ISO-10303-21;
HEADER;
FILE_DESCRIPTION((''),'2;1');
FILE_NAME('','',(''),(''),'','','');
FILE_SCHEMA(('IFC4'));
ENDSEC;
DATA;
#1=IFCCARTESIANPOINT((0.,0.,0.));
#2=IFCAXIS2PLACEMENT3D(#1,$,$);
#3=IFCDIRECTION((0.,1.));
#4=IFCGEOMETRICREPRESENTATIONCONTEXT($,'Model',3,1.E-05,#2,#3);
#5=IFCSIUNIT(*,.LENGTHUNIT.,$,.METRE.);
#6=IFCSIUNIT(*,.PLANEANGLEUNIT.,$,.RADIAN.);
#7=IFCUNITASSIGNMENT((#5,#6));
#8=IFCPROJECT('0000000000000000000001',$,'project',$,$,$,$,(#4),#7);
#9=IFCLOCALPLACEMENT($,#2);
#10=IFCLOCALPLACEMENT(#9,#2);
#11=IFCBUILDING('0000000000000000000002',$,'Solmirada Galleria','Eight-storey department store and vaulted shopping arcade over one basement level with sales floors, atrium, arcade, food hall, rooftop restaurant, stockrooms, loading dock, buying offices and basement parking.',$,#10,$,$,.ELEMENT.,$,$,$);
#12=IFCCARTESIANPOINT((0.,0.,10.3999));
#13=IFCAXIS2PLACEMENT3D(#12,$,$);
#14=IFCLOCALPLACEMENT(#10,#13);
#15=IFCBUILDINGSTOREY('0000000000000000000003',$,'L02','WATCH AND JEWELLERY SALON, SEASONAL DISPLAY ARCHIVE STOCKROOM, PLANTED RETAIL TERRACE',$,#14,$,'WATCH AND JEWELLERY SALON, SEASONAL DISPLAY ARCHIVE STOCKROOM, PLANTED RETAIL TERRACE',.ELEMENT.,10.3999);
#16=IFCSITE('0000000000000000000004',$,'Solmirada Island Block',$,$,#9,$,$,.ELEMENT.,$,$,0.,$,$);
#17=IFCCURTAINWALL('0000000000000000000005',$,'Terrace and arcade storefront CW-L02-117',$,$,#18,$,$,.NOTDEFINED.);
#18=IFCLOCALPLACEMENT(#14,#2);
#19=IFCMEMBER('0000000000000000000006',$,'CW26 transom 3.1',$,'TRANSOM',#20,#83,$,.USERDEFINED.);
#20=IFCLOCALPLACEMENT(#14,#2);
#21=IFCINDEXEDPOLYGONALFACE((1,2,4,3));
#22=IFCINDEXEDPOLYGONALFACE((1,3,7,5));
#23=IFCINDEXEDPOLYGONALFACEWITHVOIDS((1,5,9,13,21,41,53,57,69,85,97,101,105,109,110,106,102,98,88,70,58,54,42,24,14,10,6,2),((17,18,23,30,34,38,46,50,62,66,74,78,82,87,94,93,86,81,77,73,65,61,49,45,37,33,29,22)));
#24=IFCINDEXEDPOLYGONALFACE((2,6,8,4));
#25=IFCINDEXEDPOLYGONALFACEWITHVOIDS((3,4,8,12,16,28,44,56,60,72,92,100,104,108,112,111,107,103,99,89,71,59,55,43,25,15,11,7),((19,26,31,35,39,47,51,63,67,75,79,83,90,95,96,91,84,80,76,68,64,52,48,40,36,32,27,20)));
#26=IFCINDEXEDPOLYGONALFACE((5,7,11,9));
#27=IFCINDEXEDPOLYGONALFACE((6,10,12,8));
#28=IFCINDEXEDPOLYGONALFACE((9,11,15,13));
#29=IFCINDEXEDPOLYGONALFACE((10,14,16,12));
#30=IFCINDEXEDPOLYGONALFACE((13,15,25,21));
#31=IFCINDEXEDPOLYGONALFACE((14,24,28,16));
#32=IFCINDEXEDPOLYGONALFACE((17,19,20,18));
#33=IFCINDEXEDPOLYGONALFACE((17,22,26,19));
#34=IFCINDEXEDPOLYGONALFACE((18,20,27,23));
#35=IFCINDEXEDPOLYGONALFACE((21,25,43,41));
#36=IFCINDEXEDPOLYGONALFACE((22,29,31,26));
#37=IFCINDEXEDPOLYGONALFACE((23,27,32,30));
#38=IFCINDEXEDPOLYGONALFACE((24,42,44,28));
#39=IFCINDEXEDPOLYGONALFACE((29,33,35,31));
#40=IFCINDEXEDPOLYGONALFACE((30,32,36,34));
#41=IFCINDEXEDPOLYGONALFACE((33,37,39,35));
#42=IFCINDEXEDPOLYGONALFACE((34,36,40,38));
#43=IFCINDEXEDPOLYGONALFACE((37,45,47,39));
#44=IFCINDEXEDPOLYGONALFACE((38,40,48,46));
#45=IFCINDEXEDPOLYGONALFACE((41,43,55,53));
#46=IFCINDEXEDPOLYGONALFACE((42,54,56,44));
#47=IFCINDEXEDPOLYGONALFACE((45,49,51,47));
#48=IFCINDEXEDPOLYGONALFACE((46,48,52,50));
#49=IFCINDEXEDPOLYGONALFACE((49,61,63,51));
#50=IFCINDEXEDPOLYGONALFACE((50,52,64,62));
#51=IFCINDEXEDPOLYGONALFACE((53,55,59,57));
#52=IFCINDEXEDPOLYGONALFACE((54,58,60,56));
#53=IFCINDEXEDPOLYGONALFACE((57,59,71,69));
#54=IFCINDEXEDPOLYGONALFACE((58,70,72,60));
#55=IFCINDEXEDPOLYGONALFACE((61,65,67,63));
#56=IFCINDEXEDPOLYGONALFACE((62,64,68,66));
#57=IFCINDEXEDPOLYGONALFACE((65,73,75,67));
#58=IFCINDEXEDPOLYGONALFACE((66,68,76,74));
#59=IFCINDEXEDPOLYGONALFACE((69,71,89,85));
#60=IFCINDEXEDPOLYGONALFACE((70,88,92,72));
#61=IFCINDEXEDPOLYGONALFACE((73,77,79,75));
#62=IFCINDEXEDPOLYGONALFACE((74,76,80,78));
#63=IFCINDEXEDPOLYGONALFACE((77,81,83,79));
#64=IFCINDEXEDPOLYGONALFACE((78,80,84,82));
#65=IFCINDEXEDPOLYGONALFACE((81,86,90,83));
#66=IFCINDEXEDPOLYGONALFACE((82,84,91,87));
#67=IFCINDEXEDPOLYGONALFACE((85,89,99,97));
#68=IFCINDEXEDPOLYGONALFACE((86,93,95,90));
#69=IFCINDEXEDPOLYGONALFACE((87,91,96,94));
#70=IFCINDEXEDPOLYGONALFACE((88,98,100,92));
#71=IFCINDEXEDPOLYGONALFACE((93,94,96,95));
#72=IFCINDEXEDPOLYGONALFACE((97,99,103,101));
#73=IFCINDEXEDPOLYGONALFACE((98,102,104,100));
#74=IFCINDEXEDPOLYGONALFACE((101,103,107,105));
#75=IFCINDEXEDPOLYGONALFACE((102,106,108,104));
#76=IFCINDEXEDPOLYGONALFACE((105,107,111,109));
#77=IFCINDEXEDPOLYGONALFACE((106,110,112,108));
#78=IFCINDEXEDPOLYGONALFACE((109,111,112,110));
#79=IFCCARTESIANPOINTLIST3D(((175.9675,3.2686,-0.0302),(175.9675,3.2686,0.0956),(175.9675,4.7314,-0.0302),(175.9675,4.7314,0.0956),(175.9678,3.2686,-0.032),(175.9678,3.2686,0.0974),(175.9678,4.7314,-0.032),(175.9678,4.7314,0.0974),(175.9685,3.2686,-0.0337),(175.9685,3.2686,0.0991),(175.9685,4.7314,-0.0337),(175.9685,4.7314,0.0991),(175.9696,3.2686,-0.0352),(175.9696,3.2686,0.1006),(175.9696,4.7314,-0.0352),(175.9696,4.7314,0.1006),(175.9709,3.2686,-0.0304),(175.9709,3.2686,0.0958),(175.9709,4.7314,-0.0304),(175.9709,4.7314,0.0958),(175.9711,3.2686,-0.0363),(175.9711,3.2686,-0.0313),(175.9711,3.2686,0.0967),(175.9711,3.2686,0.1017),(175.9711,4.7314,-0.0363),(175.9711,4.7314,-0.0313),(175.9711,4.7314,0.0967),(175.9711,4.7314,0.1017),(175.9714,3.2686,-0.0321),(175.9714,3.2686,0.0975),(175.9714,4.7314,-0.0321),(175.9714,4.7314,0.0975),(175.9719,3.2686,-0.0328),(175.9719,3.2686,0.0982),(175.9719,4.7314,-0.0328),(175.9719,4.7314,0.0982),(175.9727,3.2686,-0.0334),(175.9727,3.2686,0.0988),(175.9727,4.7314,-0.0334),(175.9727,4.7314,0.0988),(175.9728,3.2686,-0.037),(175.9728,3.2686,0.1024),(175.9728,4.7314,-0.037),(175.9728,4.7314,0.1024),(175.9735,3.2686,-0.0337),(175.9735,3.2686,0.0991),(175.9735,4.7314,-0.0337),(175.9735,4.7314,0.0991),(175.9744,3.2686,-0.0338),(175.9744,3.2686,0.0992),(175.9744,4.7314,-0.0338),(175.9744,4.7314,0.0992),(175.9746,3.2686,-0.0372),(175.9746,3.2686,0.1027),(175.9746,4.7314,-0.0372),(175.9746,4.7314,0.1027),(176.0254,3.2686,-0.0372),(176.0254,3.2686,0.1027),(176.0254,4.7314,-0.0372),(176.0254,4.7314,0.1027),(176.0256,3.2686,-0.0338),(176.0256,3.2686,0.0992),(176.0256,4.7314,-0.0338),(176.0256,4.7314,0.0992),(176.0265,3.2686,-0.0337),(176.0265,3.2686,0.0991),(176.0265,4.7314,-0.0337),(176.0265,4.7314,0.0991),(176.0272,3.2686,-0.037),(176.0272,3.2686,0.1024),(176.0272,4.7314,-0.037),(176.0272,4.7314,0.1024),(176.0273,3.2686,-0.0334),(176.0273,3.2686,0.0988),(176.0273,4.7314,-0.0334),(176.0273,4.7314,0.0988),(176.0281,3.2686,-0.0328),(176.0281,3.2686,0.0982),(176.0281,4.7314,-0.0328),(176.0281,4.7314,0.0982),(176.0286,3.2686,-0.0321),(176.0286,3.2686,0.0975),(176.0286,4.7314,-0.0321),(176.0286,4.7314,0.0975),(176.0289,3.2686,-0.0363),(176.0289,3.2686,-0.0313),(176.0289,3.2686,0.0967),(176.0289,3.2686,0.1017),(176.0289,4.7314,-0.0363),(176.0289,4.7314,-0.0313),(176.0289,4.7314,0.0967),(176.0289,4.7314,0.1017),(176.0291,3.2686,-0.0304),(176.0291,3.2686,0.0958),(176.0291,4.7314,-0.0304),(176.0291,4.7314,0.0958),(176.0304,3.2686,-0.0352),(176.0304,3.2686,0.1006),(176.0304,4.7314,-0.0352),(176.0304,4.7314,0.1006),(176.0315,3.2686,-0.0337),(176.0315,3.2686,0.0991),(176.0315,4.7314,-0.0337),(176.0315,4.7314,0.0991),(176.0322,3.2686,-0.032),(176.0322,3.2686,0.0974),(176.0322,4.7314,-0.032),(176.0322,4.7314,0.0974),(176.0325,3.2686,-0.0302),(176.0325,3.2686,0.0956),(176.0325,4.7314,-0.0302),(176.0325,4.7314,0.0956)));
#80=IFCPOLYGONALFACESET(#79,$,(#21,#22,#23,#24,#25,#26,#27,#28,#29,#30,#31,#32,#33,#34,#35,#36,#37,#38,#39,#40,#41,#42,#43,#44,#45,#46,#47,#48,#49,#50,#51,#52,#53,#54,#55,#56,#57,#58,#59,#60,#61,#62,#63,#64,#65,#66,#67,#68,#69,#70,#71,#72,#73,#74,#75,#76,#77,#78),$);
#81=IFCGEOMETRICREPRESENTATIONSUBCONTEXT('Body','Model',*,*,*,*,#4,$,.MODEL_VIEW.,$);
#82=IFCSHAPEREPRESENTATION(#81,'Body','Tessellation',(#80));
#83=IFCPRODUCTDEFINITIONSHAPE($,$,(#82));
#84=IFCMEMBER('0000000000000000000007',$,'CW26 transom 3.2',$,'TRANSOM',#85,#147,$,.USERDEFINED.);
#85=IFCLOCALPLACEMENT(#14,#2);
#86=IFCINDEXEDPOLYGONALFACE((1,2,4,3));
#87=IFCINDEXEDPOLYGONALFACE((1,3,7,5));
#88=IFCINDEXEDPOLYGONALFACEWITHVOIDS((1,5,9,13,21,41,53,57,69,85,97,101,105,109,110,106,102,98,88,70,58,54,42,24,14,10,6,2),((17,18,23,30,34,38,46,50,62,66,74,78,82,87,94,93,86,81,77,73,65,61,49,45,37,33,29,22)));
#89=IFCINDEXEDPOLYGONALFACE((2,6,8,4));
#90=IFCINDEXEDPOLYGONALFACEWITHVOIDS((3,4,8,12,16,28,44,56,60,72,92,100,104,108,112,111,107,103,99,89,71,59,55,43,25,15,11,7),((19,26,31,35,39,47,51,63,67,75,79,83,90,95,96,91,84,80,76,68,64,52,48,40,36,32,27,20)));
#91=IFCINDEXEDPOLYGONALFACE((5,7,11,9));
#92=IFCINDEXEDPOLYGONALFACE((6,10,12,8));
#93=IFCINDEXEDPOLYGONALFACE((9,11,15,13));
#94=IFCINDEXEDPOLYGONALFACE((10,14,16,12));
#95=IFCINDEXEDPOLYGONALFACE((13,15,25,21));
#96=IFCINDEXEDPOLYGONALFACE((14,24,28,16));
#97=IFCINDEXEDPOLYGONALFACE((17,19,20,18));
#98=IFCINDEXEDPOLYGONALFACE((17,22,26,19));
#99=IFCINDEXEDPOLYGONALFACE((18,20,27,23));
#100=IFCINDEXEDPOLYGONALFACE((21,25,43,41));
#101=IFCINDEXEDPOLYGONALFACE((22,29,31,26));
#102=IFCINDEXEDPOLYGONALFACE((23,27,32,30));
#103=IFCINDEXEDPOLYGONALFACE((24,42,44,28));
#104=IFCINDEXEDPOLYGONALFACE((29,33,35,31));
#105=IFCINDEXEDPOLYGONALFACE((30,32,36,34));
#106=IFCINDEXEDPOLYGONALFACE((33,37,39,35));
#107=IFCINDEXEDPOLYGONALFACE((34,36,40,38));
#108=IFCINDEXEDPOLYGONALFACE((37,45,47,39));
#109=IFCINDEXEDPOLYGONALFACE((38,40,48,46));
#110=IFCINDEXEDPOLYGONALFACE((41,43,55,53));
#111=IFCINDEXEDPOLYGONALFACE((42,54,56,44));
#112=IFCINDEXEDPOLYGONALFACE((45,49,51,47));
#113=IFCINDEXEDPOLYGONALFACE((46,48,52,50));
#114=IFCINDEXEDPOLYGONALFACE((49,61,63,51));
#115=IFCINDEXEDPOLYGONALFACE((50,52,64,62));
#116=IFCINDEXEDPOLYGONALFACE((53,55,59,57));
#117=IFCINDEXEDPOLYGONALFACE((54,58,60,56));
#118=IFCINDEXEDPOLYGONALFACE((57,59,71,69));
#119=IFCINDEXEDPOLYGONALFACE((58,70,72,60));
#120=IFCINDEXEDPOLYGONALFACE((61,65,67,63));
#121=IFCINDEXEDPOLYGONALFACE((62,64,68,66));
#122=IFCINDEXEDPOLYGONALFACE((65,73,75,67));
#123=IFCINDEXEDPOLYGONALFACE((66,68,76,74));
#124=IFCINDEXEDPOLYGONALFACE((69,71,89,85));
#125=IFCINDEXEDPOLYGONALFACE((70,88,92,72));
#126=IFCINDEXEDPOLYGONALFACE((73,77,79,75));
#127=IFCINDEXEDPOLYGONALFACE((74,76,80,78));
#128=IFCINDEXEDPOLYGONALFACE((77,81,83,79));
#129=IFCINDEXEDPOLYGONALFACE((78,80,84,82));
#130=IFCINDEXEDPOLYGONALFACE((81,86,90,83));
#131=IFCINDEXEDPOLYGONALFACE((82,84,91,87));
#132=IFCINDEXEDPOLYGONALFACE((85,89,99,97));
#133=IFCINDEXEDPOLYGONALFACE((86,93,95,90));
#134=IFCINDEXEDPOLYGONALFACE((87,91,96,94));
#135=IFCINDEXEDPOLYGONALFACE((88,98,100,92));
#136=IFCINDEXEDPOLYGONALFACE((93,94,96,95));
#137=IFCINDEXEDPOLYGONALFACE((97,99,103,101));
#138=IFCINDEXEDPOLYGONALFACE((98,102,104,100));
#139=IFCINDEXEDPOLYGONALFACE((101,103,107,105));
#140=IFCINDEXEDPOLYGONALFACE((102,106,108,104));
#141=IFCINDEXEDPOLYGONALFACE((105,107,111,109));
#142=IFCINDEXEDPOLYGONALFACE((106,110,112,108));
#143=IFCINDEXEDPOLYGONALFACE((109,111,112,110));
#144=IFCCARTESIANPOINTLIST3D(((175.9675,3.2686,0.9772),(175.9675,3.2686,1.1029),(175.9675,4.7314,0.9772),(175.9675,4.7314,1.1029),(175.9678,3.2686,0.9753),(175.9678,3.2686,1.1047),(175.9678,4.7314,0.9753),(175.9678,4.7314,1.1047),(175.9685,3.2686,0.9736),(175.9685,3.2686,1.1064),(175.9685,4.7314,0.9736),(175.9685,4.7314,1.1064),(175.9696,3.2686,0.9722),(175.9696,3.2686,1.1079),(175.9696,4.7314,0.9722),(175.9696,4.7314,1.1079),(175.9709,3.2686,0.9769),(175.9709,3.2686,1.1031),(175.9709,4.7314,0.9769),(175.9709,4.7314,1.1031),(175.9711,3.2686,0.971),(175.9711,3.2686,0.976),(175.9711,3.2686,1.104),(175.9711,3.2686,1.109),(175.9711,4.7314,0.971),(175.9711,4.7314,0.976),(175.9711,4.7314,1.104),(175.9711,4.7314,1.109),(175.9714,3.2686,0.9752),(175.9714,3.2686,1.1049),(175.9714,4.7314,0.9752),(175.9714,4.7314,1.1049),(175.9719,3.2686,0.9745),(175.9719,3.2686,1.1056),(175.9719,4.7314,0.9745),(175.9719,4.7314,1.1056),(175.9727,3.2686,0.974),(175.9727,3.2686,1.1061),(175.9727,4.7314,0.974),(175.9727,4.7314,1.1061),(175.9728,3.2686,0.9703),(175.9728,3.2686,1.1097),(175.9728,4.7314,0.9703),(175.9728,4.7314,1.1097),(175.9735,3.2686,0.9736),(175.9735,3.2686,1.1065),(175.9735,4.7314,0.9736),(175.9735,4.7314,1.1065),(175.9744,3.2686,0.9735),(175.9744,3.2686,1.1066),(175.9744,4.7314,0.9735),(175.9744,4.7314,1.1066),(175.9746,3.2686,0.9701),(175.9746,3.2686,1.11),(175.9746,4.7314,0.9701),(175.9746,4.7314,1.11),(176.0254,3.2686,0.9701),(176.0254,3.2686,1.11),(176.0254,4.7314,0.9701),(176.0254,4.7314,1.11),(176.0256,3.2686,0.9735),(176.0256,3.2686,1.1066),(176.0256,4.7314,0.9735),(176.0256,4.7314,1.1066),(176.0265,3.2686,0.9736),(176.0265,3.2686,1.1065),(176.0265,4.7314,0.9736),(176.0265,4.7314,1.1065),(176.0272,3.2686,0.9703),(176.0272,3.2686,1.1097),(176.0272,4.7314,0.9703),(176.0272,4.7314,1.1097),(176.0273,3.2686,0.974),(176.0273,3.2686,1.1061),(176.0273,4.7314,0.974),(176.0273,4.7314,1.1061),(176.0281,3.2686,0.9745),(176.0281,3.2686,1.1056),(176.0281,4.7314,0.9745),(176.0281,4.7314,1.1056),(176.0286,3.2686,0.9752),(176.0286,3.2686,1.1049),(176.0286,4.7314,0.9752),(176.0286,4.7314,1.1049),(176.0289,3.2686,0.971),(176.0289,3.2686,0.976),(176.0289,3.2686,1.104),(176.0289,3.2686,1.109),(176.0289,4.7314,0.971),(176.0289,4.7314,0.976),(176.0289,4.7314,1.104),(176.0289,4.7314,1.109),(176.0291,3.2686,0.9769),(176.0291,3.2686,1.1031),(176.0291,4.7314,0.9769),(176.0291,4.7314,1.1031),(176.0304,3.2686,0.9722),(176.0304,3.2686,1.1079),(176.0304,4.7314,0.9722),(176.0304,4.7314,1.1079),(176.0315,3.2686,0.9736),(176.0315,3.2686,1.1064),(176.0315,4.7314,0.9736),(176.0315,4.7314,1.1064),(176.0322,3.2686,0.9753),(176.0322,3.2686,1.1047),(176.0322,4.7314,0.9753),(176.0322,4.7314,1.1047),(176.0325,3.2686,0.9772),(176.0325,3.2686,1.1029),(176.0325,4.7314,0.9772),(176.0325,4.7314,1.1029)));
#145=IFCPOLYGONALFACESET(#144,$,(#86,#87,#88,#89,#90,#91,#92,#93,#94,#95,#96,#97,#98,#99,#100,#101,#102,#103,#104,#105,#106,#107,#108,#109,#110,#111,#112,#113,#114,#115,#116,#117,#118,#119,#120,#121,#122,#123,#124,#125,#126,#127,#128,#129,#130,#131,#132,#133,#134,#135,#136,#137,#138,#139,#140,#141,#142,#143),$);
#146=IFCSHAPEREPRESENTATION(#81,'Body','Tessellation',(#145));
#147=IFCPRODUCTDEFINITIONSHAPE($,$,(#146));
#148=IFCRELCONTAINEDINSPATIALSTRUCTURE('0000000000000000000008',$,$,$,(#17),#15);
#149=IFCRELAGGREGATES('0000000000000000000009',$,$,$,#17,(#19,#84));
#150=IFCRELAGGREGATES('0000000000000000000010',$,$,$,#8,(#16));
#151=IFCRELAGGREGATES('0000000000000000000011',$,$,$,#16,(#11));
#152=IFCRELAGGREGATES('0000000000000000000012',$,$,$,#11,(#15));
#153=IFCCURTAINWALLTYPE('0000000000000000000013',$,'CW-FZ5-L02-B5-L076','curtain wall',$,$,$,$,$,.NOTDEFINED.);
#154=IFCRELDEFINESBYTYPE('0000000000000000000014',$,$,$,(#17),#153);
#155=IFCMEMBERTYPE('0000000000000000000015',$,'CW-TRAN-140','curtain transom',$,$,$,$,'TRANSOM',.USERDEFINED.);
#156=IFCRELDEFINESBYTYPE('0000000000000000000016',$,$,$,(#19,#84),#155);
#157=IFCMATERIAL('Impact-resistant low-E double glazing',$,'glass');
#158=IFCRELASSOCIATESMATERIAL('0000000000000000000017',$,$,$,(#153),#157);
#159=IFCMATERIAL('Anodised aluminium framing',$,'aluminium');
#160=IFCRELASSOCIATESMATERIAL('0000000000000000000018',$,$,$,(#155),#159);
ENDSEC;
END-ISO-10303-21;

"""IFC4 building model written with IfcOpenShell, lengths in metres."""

from ifc_helpers import new_model, si_unit, direction, frame, origin, origin_2d, place, context, subcontext, project, spatial, hollow_rectangle, extrude, material, material_profile, profile_set, type_object, element, aggregate, save


model = new_model("IFC4")

# Units and contexts
model_context = context("Model", 3, precision=1e-05, world=origin(), true_north=direction((0.0, 1.0)))
body_context = subcontext(model_context, "Body", "Model", "MODEL_VIEW")
ifc_project = project(units=[si_unit("LENGTHUNIT", "METRE"), si_unit("PLANEANGLEUNIT", "RADIAN")], contexts=[model_context])

# Site, building, storey
site_placement = place(None, origin())
site = spatial("IfcSite", under=ifc_project, at=site_placement, Name="Solmirada Island Block", CompositionType="ELEMENT", RefElevation=0.0)
building_placement = place(site_placement, origin())
building = spatial("IfcBuilding", under=site, at=building_placement, Name="Solmirada Galleria", Description="Eight-storey department store and vaulted shopping arcade over one basement level with sales floors, atrium, arcade, food hall, rooftop restaurant, stockrooms, loading dock, buying offices and basement parking.", CompositionType="ELEMENT")
storey_placement = place(building_placement, frame((0.0, 0.0, 10.3999)))
storey = spatial("IfcBuildingStorey", under=building, at=storey_placement, Name="L02", Description="WATCH AND JEWELLERY SALON, SEASONAL DISPLAY ARCHIVE STOCKROOM, PLANTED RETAIL TERRACE", LongName="WATCH AND JEWELLERY SALON, SEASONAL DISPLAY ARCHIVE STOCKROOM, PLANTED RETAIL TERRACE", CompositionType="ELEMENT", Elevation=10.3999)

# Curtain wall, members
ifc_material_1 = material(Name="Impact-resistant low-E double glazing", Category="glass")
curtain_wall_type = type_object("IfcCurtainWallType", Name="CW-FZ5-L02-B5-L076", Description="curtain wall", PredefinedType="NOTDEFINED", material=ifc_material_1)
curtain_wall_placement = place(storey_placement, origin())
curtain_wall = element("IfcCurtainWall", 1, at=curtain_wall_placement, inside=storey, type_object=curtain_wall_type, Name="Terrace and arcade storefront CW-L02-117", PredefinedType="NOTDEFINED")
ifc_material_2 = material(Name="Anodised aluminium framing", Category="aluminium")
ifc_material_profile_1 = material_profile(ifc_material_2, hollow_rectangle(XDim=0.0649, YDim=0.1399, WallThickness=0.0034, InnerFilletRadius=0.0034, OuterFilletRadius=0.0071, at=origin_2d()), Name="ALU-TRAN-140X65")
ifc_profile_set_1 = profile_set([ifc_material_profile_1], Name="Anodised aluminium framing")
member_type_1 = type_object("IfcMemberType", Name="CW-TRAN-140", Description="curtain transom", ElementType="TRANSOM", PredefinedType="USERDEFINED", material=ifc_profile_set_1)
member_1_placement = place(storey_placement, frame((176.0, 4.7314, 0.0327), z_axis=(0.0, -1.0, 0.0), x_axis=(1.0, 0.0, 0.0)))
member_1 = element("IfcMember", 2, at=member_1_placement, type_object=member_type_1, Name="CW26 transom 3.1", ObjectType="TRANSOM", PredefinedType="USERDEFINED", context=body_context, shape_type="SweptSolid", body=[
    extrude(hollow_rectangle(XDim=0.0649, YDim=0.1399, WallThickness=0.0034, InnerFilletRadius=0.0034, OuterFilletRadius=0.0071, at=origin_2d()), origin(), (0.0, 0.0, 1.0), 1.4629),
])
member_2_placement = place(storey_placement, frame((176.0, 4.7314, 1.04), z_axis=(0.0, -1.0, 0.0), x_axis=(1.0, 0.0, 0.0)))
member_2 = element("IfcMember", 3, at=member_2_placement, type_object=member_type_1, Name="CW26 transom 3.2", ObjectType="TRANSOM", PredefinedType="USERDEFINED", context=body_context, shape_type="SweptSolid", body=[
    extrude(hollow_rectangle(XDim=0.0649, YDim=0.1399, WallThickness=0.0034, InnerFilletRadius=0.0034, OuterFilletRadius=0.0071, at=origin_2d()), origin(), (0.0, 0.0, 1.0), 1.4629),
])
aggregate(curtain_wall, [member_1, member_2])

save(model, "model.ifc")
